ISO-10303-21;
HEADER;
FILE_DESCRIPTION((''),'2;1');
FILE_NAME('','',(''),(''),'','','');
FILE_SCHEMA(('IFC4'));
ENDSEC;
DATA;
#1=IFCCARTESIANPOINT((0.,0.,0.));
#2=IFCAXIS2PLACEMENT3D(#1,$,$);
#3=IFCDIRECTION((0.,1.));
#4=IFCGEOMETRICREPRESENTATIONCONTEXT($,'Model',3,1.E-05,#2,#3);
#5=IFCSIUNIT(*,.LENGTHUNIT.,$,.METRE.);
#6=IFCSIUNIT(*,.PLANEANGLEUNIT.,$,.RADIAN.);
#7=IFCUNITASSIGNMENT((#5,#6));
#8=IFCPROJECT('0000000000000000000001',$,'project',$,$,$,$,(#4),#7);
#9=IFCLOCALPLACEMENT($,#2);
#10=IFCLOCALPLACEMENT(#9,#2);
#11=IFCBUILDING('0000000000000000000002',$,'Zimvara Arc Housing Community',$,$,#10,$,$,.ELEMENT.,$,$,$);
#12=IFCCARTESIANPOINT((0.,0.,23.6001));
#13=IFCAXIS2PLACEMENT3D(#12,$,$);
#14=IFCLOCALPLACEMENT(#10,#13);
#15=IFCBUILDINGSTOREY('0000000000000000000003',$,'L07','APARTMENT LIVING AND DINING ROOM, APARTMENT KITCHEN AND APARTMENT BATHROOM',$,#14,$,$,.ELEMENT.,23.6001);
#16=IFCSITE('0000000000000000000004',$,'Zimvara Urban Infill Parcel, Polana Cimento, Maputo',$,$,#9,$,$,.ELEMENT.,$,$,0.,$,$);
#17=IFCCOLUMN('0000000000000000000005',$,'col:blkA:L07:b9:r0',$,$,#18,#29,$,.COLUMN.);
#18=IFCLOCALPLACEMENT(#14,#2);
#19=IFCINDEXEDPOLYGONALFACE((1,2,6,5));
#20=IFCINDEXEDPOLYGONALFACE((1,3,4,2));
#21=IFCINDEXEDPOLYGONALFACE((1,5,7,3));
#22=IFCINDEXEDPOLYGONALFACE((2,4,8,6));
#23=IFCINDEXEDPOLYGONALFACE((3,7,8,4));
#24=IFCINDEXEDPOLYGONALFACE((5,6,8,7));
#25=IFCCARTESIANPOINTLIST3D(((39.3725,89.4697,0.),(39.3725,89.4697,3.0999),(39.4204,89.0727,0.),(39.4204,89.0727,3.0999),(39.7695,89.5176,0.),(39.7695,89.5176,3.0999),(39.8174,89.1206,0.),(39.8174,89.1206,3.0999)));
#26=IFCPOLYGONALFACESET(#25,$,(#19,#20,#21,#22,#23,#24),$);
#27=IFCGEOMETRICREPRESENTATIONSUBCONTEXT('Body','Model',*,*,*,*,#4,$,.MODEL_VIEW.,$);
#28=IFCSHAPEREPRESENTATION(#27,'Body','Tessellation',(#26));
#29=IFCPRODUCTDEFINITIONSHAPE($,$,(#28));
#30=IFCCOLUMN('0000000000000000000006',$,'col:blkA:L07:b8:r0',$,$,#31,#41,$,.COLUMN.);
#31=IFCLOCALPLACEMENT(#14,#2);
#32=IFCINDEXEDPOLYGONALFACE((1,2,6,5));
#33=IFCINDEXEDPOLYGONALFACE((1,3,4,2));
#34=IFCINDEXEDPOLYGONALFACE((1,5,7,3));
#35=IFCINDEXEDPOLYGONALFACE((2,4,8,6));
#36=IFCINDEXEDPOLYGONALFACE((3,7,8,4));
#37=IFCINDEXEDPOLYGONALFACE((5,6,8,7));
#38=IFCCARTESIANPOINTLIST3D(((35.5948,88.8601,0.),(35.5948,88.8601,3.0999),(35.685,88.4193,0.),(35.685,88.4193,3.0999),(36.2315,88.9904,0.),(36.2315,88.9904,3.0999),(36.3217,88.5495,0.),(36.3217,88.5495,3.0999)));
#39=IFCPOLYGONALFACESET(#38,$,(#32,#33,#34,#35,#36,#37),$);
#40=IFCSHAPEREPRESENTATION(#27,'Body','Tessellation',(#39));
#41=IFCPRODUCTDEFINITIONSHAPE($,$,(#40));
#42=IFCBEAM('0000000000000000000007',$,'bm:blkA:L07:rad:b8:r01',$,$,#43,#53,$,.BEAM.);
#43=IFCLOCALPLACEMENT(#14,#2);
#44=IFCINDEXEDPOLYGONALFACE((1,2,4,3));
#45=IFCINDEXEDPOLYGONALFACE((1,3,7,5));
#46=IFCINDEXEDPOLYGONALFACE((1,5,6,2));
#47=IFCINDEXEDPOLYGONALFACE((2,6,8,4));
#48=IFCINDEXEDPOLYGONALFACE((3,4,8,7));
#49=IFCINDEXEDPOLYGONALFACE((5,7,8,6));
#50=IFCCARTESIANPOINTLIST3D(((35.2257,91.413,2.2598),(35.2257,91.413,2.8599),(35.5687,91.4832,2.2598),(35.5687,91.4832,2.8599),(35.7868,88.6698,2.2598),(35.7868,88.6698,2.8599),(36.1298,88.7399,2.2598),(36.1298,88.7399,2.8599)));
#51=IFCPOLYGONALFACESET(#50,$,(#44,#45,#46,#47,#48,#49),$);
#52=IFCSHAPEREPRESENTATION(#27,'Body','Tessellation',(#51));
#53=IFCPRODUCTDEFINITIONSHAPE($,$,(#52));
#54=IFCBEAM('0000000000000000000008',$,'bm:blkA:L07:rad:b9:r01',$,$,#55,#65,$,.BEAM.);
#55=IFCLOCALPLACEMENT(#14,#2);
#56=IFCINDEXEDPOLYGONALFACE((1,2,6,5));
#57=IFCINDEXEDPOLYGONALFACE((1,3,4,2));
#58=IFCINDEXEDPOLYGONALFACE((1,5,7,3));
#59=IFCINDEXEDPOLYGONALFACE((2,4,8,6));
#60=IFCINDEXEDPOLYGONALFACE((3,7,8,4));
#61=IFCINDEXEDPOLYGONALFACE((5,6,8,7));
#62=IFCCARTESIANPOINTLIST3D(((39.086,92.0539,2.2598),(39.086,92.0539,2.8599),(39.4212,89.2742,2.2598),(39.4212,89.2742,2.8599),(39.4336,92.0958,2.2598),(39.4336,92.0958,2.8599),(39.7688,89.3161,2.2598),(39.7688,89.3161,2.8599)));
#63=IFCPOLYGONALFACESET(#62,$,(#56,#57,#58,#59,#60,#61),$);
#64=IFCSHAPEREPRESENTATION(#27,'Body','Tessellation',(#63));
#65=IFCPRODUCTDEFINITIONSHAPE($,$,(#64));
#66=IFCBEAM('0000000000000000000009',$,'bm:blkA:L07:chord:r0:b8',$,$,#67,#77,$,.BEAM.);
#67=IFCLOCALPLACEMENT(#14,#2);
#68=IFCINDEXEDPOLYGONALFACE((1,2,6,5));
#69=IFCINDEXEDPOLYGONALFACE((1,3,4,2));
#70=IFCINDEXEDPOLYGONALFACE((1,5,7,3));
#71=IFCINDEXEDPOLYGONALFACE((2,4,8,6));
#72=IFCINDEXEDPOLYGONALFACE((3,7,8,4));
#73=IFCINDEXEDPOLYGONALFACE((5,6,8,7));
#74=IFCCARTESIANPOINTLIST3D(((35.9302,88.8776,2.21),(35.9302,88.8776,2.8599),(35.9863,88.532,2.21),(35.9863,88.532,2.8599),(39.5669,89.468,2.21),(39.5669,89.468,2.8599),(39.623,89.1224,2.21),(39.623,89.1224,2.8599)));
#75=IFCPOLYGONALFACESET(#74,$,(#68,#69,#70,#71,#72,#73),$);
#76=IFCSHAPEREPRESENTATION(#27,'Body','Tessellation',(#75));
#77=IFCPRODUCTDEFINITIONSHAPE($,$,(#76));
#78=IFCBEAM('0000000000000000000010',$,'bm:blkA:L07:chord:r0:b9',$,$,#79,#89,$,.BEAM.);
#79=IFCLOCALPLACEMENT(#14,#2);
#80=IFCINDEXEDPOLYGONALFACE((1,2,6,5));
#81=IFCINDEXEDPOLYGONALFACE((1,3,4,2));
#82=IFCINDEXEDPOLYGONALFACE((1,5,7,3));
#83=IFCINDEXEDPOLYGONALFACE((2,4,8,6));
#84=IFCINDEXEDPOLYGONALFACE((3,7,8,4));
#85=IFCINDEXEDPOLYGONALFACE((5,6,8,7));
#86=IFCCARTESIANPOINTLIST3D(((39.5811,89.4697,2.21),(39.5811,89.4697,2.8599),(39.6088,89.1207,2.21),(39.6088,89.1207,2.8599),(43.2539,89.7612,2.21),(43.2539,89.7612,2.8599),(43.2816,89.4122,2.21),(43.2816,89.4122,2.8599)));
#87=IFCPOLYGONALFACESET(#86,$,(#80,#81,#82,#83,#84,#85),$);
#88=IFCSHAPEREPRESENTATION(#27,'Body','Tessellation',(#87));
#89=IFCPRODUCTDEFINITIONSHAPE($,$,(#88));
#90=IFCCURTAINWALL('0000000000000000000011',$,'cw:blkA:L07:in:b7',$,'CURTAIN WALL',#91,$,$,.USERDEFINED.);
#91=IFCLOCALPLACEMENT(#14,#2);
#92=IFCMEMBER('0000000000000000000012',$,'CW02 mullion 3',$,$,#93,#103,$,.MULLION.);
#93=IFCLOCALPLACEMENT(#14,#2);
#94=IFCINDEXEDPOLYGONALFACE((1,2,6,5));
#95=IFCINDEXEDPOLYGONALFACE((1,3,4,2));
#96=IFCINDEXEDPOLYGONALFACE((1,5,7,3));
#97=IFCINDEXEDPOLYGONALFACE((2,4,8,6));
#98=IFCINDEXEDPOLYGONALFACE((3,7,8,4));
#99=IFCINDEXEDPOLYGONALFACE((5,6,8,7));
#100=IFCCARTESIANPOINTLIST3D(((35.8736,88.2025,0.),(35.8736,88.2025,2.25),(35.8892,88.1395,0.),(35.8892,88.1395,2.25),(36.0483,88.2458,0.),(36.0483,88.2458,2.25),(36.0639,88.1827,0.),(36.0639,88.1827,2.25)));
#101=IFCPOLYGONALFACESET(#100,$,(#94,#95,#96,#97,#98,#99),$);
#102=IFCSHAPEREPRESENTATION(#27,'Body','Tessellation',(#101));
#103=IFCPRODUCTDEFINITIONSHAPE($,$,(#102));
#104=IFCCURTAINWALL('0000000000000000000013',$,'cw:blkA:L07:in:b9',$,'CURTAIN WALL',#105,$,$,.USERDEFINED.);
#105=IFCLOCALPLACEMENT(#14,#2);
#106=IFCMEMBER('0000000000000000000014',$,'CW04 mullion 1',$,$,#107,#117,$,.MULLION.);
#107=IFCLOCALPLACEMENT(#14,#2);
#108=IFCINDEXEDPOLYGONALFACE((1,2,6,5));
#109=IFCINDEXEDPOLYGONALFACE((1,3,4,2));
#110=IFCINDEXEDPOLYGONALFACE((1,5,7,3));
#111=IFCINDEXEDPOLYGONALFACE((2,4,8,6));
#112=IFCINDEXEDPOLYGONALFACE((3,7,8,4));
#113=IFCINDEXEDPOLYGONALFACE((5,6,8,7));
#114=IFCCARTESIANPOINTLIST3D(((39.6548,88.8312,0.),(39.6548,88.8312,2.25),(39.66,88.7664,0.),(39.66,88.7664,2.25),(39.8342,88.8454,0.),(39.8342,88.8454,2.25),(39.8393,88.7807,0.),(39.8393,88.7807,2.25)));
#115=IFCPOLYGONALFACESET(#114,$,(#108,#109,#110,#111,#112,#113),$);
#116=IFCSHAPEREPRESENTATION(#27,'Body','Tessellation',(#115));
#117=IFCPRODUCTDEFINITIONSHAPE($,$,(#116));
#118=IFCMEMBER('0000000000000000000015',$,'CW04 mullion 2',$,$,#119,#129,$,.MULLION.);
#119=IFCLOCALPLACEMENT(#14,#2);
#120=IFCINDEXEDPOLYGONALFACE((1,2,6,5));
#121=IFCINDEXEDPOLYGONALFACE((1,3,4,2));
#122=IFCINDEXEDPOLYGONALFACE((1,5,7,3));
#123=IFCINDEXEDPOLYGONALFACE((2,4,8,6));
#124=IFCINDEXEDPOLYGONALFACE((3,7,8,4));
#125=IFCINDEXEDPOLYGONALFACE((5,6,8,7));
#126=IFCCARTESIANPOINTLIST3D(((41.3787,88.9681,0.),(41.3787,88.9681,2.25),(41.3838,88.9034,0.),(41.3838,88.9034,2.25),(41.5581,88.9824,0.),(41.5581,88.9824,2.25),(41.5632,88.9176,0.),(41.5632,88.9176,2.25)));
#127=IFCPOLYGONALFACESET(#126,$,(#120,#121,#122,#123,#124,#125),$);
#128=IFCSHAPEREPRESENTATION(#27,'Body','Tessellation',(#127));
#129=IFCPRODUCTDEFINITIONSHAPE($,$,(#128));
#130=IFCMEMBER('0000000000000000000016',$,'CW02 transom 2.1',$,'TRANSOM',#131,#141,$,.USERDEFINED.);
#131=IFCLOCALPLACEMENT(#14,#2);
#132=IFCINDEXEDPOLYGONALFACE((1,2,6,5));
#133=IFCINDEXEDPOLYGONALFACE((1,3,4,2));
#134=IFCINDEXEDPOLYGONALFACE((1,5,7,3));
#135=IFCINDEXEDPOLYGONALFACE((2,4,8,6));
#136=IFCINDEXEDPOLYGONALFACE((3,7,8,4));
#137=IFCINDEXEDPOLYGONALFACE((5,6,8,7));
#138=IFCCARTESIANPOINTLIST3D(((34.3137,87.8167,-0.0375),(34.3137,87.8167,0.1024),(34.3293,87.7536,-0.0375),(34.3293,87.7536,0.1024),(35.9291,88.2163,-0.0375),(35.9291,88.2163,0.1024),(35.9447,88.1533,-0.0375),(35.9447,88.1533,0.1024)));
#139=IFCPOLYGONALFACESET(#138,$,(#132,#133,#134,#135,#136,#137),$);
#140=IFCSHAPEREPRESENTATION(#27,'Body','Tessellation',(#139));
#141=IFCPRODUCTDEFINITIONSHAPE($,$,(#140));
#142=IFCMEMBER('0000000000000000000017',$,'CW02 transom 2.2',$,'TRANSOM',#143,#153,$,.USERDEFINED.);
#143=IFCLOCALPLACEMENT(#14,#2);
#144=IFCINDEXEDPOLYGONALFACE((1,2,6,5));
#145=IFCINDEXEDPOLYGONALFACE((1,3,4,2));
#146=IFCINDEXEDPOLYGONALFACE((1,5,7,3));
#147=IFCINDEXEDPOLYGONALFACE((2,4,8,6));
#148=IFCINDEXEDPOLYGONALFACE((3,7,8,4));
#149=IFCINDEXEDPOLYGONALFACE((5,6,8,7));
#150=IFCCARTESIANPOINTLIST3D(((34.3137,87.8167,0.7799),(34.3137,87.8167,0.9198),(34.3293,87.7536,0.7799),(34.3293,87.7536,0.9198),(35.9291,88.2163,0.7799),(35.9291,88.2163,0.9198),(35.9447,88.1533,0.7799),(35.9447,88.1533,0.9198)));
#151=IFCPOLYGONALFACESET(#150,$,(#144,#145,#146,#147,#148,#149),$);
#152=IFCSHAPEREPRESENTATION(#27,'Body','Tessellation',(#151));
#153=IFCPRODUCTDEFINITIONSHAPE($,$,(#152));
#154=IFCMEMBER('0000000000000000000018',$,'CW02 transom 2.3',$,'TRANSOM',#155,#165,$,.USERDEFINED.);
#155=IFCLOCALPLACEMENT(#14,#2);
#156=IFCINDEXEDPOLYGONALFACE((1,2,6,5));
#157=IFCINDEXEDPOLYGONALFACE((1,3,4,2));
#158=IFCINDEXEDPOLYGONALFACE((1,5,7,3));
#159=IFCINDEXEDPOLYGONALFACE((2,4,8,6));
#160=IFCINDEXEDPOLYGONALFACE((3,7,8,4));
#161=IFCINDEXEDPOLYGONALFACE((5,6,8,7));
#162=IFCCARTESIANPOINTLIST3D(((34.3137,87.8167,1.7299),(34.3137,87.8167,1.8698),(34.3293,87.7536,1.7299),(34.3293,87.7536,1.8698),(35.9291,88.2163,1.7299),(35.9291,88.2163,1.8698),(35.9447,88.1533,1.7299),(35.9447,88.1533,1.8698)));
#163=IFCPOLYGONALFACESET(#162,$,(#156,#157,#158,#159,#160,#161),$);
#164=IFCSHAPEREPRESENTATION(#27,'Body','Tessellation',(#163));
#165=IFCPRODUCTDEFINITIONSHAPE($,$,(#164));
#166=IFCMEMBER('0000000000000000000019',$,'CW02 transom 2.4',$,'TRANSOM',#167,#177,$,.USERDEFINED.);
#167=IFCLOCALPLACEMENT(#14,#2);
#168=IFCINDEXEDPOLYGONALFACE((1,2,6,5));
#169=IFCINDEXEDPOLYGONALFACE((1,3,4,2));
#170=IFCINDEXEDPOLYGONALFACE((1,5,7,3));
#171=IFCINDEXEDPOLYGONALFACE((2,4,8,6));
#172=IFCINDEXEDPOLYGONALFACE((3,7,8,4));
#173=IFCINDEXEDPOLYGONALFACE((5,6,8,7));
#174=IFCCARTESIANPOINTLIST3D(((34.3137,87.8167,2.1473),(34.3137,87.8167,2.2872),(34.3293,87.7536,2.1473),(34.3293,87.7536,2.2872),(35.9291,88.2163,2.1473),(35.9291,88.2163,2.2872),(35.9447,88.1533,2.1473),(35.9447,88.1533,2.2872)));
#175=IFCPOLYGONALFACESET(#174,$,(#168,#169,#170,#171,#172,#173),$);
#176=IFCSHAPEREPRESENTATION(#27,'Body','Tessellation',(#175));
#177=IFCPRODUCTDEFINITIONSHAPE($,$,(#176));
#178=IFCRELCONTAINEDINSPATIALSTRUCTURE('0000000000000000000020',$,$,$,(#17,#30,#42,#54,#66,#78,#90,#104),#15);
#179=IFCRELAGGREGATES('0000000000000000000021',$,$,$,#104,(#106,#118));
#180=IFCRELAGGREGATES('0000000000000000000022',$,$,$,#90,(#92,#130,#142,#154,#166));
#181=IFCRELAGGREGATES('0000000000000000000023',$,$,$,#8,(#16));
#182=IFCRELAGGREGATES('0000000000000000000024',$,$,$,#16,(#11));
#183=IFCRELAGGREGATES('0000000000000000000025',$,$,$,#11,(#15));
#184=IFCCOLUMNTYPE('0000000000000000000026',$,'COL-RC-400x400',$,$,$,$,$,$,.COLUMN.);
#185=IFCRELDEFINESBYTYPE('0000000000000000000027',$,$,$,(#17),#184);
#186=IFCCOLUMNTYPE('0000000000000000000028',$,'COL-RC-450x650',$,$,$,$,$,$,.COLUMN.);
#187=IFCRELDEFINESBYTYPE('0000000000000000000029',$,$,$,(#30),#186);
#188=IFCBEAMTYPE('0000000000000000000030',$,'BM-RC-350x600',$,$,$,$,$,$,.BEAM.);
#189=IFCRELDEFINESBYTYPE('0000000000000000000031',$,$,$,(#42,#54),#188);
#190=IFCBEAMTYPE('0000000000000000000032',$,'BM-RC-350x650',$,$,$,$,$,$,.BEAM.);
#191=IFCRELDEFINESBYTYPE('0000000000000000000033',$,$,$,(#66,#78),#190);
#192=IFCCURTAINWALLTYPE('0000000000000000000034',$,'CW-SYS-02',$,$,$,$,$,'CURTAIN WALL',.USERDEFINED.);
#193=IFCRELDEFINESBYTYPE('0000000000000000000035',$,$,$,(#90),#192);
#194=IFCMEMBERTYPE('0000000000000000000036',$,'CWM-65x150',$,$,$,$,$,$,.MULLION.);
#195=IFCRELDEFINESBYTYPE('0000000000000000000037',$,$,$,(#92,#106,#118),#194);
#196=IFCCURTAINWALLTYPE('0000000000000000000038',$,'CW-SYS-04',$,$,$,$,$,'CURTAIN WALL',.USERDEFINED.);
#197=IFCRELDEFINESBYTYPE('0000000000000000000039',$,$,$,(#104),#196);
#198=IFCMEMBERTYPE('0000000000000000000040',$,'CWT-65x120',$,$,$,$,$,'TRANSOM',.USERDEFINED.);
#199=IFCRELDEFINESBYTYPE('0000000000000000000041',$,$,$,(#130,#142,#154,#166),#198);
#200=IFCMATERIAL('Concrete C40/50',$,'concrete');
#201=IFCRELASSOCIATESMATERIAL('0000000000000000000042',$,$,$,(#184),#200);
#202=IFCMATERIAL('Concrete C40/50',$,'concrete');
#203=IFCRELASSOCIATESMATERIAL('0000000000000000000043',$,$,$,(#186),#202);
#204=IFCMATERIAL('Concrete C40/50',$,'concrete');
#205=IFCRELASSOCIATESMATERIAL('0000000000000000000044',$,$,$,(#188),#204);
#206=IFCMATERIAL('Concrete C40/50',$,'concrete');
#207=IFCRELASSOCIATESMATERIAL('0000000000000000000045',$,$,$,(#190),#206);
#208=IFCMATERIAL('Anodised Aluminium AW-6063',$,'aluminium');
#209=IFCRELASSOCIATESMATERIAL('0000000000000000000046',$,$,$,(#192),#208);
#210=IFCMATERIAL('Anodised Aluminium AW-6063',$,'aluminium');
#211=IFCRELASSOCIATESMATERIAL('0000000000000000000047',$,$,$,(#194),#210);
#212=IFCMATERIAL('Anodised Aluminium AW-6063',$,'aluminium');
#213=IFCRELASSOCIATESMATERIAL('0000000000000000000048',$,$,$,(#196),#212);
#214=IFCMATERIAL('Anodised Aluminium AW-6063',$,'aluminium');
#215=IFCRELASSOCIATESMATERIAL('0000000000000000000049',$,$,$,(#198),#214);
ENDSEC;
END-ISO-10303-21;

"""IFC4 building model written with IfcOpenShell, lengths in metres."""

from ifc_helpers import new_model, si_unit, direction, frame, origin, origin_2d, place, context, subcontext, project, spatial, rectangle, extrude, material, material_profile, profile_set, type_object, element, aggregate, save


model = new_model("IFC4")

# Units and contexts
model_context = context("Model", 3, precision=1e-05, world=origin(), true_north=direction((0.0, 1.0)))
body_context = subcontext(model_context, "Body", "Model", "MODEL_VIEW")
ifc_project = project(units=[si_unit("LENGTHUNIT", "METRE"), si_unit("PLANEANGLEUNIT", "RADIAN")], contexts=[model_context])

# Site, building, storey
site_placement = place(None, origin())
site = spatial("IfcSite", under=ifc_project, at=site_placement, Name="Zimvara Urban Infill Parcel, Polana Cimento, Maputo", CompositionType="ELEMENT", RefElevation=0.0)
building_placement = place(site_placement, origin())
building = spatial("IfcBuilding", under=site, at=building_placement, Name="Zimvara Arc Housing Community", CompositionType="ELEMENT")
storey_placement = place(building_placement, frame((0.0, 0.0, 23.6001)))
storey = spatial("IfcBuildingStorey", under=building, at=storey_placement, Name="L07", Description="APARTMENT LIVING AND DINING ROOM, APARTMENT KITCHEN AND APARTMENT BATHROOM", CompositionType="ELEMENT", Elevation=23.6001)

# Columns
ifc_material_1 = material(Name="Concrete C40/50", Category="concrete")
ifc_material_profile_1 = material_profile(ifc_material_1, rectangle(XDim=0.3999, YDim=0.3999, at=origin_2d()), Name="RC 400x400")
ifc_profile_set_1 = profile_set([ifc_material_profile_1], Name="Concrete C40/50")
column_type_1 = type_object("IfcColumnType", Name="COL-RC-400x400", PredefinedType="COLUMN", material=ifc_profile_set_1)
column_1_placement = place(storey_placement, frame((39.595, 89.2952, 0.0), z_axis=(0.0, 0.0, 1.0), x_axis=(-0.11979, 0.992799, 0.0)))
element("IfcColumn", 1, at=column_1_placement, inside=storey, type_object=column_type_1, Name="col:blkA:L07:b9:r0", PredefinedType="COLUMN", context=body_context, shape_type="SweptSolid", body=[
    extrude(rectangle(XDim=0.3999, YDim=0.3999, at=origin_2d()), origin(), (0.0, 0.0, 1.0), 3.0999),
])
ifc_material_2 = material(Name="Concrete C40/50", Category="concrete")
ifc_material_profile_2 = material_profile(ifc_material_2, rectangle(XDim=0.45, YDim=0.6499, at=origin_2d()), Name="RC 450x650")
ifc_profile_set_2 = profile_set([ifc_material_profile_2], Name="Concrete C40/50")
column_type_2 = type_object("IfcColumnType", Name="COL-RC-450x650", PredefinedType="COLUMN", material=ifc_profile_set_2)
column_2_placement = place(storey_placement, frame((35.9583, 88.7048, 0.0), z_axis=(0.0, 0.0, 1.0), x_axis=(-0.200394, 0.979715, 0.0)))
element("IfcColumn", 2, at=column_2_placement, inside=storey, type_object=column_type_2, Name="col:blkA:L07:b8:r0", PredefinedType="COLUMN", context=body_context, shape_type="SweptSolid", body=[
    extrude(rectangle(XDim=0.45, YDim=0.6499, at=origin_2d()), origin(), (0.0, 0.0, 1.0), 3.0999),
])

# Beams
ifc_material_3 = material(Name="Concrete C40/50", Category="concrete")
ifc_material_profile_3 = material_profile(ifc_material_3, rectangle(XDim=0.3501, YDim=0.6001, at=origin_2d()), Name="RC 350x600")
ifc_profile_set_3 = profile_set([ifc_material_profile_3], Name="Concrete C40/50")
beam_type_1 = type_object("IfcBeamType", Name="BM-RC-350x600", PredefinedType="BEAM", material=ifc_profile_set_3)
beam_1_placement = place(storey_placement, frame((35.9583, 88.7048, 2.5598), z_axis=(-0.200373, 0.97972, 0.0), x_axis=(-0.97972, -0.200373, 0.0)))
element("IfcBeam", 3, at=beam_1_placement, inside=storey, type_object=beam_type_1, Name="bm:blkA:L07:rad:b8:r01", PredefinedType="BEAM", context=body_context, shape_type="SweptSolid", body=[
    extrude(rectangle(XDim=0.3501, YDim=0.6001, at=origin_2d()), origin(), (0.0, 0.0, 1.0), 2.8),
])
beam_2_placement = place(storey_placement, frame((39.595, 89.2952, 2.5598), z_axis=(-0.119719, 0.992808, 0.0), x_axis=(-0.992808, -0.119719, 0.0)))
element("IfcBeam", 4, at=beam_2_placement, inside=storey, type_object=beam_type_1, Name="bm:blkA:L07:rad:b9:r01", PredefinedType="BEAM", context=body_context, shape_type="SweptSolid", body=[
    extrude(rectangle(XDim=0.3501, YDim=0.6001, at=origin_2d()), origin(), (0.0, 0.0, 1.0), 2.7998),
])
ifc_material_4 = material(Name="Concrete C40/50", Category="concrete")
ifc_material_profile_4 = material_profile(ifc_material_4, rectangle(XDim=0.3501, YDim=0.6499, at=origin_2d()), Name="RC 350x650")
ifc_profile_set_4 = profile_set([ifc_material_profile_4], Name="Concrete C40/50")
beam_type_2 = type_object("IfcBeamType", Name="BM-RC-350x650", PredefinedType="BEAM", material=ifc_profile_set_4)
for number, where, z_axis, x_axis, name in (
    (5, (35.9583, 88.7048, 2.5349), (0.98708, 0.160228, 0.0), (-0.160228, 0.98708, 0.0), "bm:blkA:L07:chord:r0:b8"),
    (6, (39.595, 89.2952, 2.5349), (0.996865, 0.079118, 0.0), (-0.079118, 0.996865, 0.0), "bm:blkA:L07:chord:r0:b9"),
):
    element("IfcBeam", number, at=place(storey_placement, frame(where, z_axis=z_axis, x_axis=x_axis)), inside=storey, type_object=beam_type_2, Name=name, PredefinedType="BEAM", context=body_context, shape_type="SweptSolid", body=[
        extrude(rectangle(XDim=0.3501, YDim=0.6499, at=origin_2d()), origin(), (0.0, 0.0, 1.0), 3.6843),
    ])

# Curtain wall, member
ifc_material_5 = material(Name="Anodised Aluminium AW-6063", Category="aluminium")
curtain_wall_type_1 = type_object("IfcCurtainWallType", Name="CW-SYS-02", ElementType="CURTAIN WALL", PredefinedType="USERDEFINED", material=ifc_material_5)
curtain_wall_1_placement = place(storey_placement, origin())
curtain_wall_1 = element("IfcCurtainWall", 7, at=curtain_wall_1_placement, inside=storey, type_object=curtain_wall_type_1, Name="cw:blkA:L07:in:b7", ObjectType="CURTAIN WALL", PredefinedType="USERDEFINED")
ifc_material_6 = material(Name="Anodised Aluminium AW-6063", Category="aluminium")
ifc_material_profile_5 = material_profile(ifc_material_6, rectangle(XDim=0.0649, YDim=0.1799, at=origin_2d()), Name="ALU 65x180")
ifc_profile_set_5 = profile_set([ifc_material_profile_5], Name="Anodised Aluminium AW-6063")
member_type_1 = type_object("IfcMemberType", Name="CWM-65x150", PredefinedType="MULLION", material=ifc_profile_set_5)
member_1_placement = place(storey_placement, frame((35.9688, 88.1926, 0.0), z_axis=(0.0, 0.0, 1.0), x_axis=(-0.240228, 0.970717, 0.0)))
member_1 = element("IfcMember", 8, at=member_1_placement, type_object=member_type_1, Name="CW02 mullion 3", PredefinedType="MULLION", context=body_context, shape_type="SweptSolid", body=[
    extrude(rectangle(XDim=0.0649, YDim=0.1799, at=origin_2d()), origin(), (0.0, 0.0, 1.0), 2.25),
])

# Curtain wall, members
ifc_material_7 = material(Name="Anodised Aluminium AW-6063", Category="aluminium")
curtain_wall_type_2 = type_object("IfcCurtainWallType", Name="CW-SYS-04", ElementType="CURTAIN WALL", PredefinedType="USERDEFINED", material=ifc_material_7)
curtain_wall_2_placement = place(storey_placement, origin())
curtain_wall_2 = element("IfcCurtainWall", 9, at=curtain_wall_2_placement, inside=storey, type_object=curtain_wall_type_2, Name="cw:blkA:L07:in:b9", ObjectType="CURTAIN WALL", PredefinedType="USERDEFINED")
member_2_placement = place(storey_placement, frame((39.7471, 88.8059, 0.0), z_axis=(0.0, 0.0, 1.0), x_axis=(-0.079155, 0.996862, 0.0)))
member_2 = element("IfcMember", 10, at=member_2_placement, type_object=member_type_1, Name="CW04 mullion 1", PredefinedType="MULLION", context=body_context, shape_type="SweptSolid", body=[
    extrude(rectangle(XDim=0.0649, YDim=0.1799, at=origin_2d()), origin(), (0.0, 0.0, 1.0), 2.25),
])
member_3_placement = place(storey_placement, frame((41.4709, 88.9429, 0.0), z_axis=(0.0, 0.0, 1.0), x_axis=(-0.079155, 0.996862, 0.0)))
member_3 = element("IfcMember", 11, at=member_3_placement, type_object=member_type_1, Name="CW04 mullion 2", PredefinedType="MULLION", context=body_context, shape_type="SweptSolid", body=[
    extrude(rectangle(XDim=0.0649, YDim=0.1799, at=origin_2d()), origin(), (0.0, 0.0, 1.0), 2.25),
])

# Members
ifc_material_8 = material(Name="Anodised Aluminium AW-6063", Category="aluminium")
ifc_material_profile_6 = material_profile(ifc_material_8, rectangle(XDim=0.0649, YDim=0.1399, at=origin_2d()), Name="ALU 65x140")
ifc_profile_set_6 = profile_set([ifc_material_profile_6], Name="Anodised Aluminium AW-6063")
member_type_2 = type_object("IfcMemberType", Name="CWT-65x120", ElementType="TRANSOM", PredefinedType="USERDEFINED", material=ifc_profile_set_6)
member_4_placement = place(storey_placement, frame((34.3215, 87.7852, 0.0325), z_axis=(0.970735, 0.240153, 0.0), x_axis=(-0.240153, 0.970735, 0.0)))
member_4 = element("IfcMember", 12, at=member_4_placement, type_object=member_type_2, Name="CW02 transom 2.1", ObjectType="TRANSOM", PredefinedType="USERDEFINED", context=body_context, shape_type="SweptSolid", body=[
    extrude(rectangle(XDim=0.0649, YDim=0.1399, at=origin_2d()), origin(), (0.0, 0.0, 1.0), 1.6641),
])
member_5_placement = place(storey_placement, frame((34.3215, 87.7852, 0.8499), z_axis=(0.970735, 0.240153, 0.0), x_axis=(-0.240153, 0.970735, 0.0)))
member_5 = element("IfcMember", 13, at=member_5_placement, type_object=member_type_2, Name="CW02 transom 2.2", ObjectType="TRANSOM", PredefinedType="USERDEFINED", context=body_context, shape_type="SweptSolid", body=[
    extrude(rectangle(XDim=0.0649, YDim=0.1399, at=origin_2d()), origin(), (0.0, 0.0, 1.0), 1.6641),
])
member_6_placement = place(storey_placement, frame((34.3215, 87.7852, 1.7998), z_axis=(0.970735, 0.240153, 0.0), x_axis=(-0.240153, 0.970735, 0.0)))
member_6 = element("IfcMember", 14, at=member_6_placement, type_object=member_type_2, Name="CW02 transom 2.3", ObjectType="TRANSOM", PredefinedType="USERDEFINED", context=body_context, shape_type="SweptSolid", body=[
    extrude(rectangle(XDim=0.0649, YDim=0.1399, at=origin_2d()), origin(), (0.0, 0.0, 1.0), 1.6641),
])
member_7_placement = place(storey_placement, frame((34.3215, 87.7852, 2.2173), z_axis=(0.970735, 0.240153, 0.0), x_axis=(-0.240153, 0.970735, 0.0)))
member_7 = element("IfcMember", 15, at=member_7_placement, type_object=member_type_2, Name="CW02 transom 2.4", ObjectType="TRANSOM", PredefinedType="USERDEFINED", context=body_context, shape_type="SweptSolid", body=[
    extrude(rectangle(XDim=0.0649, YDim=0.1399, at=origin_2d()), origin(), (0.0, 0.0, 1.0), 1.6641),
])

aggregate(curtain_wall_2, [member_2, member_3])
aggregate(curtain_wall_1, [member_1, member_4, member_5, member_6, member_7])

save(model, "model.ifc")
